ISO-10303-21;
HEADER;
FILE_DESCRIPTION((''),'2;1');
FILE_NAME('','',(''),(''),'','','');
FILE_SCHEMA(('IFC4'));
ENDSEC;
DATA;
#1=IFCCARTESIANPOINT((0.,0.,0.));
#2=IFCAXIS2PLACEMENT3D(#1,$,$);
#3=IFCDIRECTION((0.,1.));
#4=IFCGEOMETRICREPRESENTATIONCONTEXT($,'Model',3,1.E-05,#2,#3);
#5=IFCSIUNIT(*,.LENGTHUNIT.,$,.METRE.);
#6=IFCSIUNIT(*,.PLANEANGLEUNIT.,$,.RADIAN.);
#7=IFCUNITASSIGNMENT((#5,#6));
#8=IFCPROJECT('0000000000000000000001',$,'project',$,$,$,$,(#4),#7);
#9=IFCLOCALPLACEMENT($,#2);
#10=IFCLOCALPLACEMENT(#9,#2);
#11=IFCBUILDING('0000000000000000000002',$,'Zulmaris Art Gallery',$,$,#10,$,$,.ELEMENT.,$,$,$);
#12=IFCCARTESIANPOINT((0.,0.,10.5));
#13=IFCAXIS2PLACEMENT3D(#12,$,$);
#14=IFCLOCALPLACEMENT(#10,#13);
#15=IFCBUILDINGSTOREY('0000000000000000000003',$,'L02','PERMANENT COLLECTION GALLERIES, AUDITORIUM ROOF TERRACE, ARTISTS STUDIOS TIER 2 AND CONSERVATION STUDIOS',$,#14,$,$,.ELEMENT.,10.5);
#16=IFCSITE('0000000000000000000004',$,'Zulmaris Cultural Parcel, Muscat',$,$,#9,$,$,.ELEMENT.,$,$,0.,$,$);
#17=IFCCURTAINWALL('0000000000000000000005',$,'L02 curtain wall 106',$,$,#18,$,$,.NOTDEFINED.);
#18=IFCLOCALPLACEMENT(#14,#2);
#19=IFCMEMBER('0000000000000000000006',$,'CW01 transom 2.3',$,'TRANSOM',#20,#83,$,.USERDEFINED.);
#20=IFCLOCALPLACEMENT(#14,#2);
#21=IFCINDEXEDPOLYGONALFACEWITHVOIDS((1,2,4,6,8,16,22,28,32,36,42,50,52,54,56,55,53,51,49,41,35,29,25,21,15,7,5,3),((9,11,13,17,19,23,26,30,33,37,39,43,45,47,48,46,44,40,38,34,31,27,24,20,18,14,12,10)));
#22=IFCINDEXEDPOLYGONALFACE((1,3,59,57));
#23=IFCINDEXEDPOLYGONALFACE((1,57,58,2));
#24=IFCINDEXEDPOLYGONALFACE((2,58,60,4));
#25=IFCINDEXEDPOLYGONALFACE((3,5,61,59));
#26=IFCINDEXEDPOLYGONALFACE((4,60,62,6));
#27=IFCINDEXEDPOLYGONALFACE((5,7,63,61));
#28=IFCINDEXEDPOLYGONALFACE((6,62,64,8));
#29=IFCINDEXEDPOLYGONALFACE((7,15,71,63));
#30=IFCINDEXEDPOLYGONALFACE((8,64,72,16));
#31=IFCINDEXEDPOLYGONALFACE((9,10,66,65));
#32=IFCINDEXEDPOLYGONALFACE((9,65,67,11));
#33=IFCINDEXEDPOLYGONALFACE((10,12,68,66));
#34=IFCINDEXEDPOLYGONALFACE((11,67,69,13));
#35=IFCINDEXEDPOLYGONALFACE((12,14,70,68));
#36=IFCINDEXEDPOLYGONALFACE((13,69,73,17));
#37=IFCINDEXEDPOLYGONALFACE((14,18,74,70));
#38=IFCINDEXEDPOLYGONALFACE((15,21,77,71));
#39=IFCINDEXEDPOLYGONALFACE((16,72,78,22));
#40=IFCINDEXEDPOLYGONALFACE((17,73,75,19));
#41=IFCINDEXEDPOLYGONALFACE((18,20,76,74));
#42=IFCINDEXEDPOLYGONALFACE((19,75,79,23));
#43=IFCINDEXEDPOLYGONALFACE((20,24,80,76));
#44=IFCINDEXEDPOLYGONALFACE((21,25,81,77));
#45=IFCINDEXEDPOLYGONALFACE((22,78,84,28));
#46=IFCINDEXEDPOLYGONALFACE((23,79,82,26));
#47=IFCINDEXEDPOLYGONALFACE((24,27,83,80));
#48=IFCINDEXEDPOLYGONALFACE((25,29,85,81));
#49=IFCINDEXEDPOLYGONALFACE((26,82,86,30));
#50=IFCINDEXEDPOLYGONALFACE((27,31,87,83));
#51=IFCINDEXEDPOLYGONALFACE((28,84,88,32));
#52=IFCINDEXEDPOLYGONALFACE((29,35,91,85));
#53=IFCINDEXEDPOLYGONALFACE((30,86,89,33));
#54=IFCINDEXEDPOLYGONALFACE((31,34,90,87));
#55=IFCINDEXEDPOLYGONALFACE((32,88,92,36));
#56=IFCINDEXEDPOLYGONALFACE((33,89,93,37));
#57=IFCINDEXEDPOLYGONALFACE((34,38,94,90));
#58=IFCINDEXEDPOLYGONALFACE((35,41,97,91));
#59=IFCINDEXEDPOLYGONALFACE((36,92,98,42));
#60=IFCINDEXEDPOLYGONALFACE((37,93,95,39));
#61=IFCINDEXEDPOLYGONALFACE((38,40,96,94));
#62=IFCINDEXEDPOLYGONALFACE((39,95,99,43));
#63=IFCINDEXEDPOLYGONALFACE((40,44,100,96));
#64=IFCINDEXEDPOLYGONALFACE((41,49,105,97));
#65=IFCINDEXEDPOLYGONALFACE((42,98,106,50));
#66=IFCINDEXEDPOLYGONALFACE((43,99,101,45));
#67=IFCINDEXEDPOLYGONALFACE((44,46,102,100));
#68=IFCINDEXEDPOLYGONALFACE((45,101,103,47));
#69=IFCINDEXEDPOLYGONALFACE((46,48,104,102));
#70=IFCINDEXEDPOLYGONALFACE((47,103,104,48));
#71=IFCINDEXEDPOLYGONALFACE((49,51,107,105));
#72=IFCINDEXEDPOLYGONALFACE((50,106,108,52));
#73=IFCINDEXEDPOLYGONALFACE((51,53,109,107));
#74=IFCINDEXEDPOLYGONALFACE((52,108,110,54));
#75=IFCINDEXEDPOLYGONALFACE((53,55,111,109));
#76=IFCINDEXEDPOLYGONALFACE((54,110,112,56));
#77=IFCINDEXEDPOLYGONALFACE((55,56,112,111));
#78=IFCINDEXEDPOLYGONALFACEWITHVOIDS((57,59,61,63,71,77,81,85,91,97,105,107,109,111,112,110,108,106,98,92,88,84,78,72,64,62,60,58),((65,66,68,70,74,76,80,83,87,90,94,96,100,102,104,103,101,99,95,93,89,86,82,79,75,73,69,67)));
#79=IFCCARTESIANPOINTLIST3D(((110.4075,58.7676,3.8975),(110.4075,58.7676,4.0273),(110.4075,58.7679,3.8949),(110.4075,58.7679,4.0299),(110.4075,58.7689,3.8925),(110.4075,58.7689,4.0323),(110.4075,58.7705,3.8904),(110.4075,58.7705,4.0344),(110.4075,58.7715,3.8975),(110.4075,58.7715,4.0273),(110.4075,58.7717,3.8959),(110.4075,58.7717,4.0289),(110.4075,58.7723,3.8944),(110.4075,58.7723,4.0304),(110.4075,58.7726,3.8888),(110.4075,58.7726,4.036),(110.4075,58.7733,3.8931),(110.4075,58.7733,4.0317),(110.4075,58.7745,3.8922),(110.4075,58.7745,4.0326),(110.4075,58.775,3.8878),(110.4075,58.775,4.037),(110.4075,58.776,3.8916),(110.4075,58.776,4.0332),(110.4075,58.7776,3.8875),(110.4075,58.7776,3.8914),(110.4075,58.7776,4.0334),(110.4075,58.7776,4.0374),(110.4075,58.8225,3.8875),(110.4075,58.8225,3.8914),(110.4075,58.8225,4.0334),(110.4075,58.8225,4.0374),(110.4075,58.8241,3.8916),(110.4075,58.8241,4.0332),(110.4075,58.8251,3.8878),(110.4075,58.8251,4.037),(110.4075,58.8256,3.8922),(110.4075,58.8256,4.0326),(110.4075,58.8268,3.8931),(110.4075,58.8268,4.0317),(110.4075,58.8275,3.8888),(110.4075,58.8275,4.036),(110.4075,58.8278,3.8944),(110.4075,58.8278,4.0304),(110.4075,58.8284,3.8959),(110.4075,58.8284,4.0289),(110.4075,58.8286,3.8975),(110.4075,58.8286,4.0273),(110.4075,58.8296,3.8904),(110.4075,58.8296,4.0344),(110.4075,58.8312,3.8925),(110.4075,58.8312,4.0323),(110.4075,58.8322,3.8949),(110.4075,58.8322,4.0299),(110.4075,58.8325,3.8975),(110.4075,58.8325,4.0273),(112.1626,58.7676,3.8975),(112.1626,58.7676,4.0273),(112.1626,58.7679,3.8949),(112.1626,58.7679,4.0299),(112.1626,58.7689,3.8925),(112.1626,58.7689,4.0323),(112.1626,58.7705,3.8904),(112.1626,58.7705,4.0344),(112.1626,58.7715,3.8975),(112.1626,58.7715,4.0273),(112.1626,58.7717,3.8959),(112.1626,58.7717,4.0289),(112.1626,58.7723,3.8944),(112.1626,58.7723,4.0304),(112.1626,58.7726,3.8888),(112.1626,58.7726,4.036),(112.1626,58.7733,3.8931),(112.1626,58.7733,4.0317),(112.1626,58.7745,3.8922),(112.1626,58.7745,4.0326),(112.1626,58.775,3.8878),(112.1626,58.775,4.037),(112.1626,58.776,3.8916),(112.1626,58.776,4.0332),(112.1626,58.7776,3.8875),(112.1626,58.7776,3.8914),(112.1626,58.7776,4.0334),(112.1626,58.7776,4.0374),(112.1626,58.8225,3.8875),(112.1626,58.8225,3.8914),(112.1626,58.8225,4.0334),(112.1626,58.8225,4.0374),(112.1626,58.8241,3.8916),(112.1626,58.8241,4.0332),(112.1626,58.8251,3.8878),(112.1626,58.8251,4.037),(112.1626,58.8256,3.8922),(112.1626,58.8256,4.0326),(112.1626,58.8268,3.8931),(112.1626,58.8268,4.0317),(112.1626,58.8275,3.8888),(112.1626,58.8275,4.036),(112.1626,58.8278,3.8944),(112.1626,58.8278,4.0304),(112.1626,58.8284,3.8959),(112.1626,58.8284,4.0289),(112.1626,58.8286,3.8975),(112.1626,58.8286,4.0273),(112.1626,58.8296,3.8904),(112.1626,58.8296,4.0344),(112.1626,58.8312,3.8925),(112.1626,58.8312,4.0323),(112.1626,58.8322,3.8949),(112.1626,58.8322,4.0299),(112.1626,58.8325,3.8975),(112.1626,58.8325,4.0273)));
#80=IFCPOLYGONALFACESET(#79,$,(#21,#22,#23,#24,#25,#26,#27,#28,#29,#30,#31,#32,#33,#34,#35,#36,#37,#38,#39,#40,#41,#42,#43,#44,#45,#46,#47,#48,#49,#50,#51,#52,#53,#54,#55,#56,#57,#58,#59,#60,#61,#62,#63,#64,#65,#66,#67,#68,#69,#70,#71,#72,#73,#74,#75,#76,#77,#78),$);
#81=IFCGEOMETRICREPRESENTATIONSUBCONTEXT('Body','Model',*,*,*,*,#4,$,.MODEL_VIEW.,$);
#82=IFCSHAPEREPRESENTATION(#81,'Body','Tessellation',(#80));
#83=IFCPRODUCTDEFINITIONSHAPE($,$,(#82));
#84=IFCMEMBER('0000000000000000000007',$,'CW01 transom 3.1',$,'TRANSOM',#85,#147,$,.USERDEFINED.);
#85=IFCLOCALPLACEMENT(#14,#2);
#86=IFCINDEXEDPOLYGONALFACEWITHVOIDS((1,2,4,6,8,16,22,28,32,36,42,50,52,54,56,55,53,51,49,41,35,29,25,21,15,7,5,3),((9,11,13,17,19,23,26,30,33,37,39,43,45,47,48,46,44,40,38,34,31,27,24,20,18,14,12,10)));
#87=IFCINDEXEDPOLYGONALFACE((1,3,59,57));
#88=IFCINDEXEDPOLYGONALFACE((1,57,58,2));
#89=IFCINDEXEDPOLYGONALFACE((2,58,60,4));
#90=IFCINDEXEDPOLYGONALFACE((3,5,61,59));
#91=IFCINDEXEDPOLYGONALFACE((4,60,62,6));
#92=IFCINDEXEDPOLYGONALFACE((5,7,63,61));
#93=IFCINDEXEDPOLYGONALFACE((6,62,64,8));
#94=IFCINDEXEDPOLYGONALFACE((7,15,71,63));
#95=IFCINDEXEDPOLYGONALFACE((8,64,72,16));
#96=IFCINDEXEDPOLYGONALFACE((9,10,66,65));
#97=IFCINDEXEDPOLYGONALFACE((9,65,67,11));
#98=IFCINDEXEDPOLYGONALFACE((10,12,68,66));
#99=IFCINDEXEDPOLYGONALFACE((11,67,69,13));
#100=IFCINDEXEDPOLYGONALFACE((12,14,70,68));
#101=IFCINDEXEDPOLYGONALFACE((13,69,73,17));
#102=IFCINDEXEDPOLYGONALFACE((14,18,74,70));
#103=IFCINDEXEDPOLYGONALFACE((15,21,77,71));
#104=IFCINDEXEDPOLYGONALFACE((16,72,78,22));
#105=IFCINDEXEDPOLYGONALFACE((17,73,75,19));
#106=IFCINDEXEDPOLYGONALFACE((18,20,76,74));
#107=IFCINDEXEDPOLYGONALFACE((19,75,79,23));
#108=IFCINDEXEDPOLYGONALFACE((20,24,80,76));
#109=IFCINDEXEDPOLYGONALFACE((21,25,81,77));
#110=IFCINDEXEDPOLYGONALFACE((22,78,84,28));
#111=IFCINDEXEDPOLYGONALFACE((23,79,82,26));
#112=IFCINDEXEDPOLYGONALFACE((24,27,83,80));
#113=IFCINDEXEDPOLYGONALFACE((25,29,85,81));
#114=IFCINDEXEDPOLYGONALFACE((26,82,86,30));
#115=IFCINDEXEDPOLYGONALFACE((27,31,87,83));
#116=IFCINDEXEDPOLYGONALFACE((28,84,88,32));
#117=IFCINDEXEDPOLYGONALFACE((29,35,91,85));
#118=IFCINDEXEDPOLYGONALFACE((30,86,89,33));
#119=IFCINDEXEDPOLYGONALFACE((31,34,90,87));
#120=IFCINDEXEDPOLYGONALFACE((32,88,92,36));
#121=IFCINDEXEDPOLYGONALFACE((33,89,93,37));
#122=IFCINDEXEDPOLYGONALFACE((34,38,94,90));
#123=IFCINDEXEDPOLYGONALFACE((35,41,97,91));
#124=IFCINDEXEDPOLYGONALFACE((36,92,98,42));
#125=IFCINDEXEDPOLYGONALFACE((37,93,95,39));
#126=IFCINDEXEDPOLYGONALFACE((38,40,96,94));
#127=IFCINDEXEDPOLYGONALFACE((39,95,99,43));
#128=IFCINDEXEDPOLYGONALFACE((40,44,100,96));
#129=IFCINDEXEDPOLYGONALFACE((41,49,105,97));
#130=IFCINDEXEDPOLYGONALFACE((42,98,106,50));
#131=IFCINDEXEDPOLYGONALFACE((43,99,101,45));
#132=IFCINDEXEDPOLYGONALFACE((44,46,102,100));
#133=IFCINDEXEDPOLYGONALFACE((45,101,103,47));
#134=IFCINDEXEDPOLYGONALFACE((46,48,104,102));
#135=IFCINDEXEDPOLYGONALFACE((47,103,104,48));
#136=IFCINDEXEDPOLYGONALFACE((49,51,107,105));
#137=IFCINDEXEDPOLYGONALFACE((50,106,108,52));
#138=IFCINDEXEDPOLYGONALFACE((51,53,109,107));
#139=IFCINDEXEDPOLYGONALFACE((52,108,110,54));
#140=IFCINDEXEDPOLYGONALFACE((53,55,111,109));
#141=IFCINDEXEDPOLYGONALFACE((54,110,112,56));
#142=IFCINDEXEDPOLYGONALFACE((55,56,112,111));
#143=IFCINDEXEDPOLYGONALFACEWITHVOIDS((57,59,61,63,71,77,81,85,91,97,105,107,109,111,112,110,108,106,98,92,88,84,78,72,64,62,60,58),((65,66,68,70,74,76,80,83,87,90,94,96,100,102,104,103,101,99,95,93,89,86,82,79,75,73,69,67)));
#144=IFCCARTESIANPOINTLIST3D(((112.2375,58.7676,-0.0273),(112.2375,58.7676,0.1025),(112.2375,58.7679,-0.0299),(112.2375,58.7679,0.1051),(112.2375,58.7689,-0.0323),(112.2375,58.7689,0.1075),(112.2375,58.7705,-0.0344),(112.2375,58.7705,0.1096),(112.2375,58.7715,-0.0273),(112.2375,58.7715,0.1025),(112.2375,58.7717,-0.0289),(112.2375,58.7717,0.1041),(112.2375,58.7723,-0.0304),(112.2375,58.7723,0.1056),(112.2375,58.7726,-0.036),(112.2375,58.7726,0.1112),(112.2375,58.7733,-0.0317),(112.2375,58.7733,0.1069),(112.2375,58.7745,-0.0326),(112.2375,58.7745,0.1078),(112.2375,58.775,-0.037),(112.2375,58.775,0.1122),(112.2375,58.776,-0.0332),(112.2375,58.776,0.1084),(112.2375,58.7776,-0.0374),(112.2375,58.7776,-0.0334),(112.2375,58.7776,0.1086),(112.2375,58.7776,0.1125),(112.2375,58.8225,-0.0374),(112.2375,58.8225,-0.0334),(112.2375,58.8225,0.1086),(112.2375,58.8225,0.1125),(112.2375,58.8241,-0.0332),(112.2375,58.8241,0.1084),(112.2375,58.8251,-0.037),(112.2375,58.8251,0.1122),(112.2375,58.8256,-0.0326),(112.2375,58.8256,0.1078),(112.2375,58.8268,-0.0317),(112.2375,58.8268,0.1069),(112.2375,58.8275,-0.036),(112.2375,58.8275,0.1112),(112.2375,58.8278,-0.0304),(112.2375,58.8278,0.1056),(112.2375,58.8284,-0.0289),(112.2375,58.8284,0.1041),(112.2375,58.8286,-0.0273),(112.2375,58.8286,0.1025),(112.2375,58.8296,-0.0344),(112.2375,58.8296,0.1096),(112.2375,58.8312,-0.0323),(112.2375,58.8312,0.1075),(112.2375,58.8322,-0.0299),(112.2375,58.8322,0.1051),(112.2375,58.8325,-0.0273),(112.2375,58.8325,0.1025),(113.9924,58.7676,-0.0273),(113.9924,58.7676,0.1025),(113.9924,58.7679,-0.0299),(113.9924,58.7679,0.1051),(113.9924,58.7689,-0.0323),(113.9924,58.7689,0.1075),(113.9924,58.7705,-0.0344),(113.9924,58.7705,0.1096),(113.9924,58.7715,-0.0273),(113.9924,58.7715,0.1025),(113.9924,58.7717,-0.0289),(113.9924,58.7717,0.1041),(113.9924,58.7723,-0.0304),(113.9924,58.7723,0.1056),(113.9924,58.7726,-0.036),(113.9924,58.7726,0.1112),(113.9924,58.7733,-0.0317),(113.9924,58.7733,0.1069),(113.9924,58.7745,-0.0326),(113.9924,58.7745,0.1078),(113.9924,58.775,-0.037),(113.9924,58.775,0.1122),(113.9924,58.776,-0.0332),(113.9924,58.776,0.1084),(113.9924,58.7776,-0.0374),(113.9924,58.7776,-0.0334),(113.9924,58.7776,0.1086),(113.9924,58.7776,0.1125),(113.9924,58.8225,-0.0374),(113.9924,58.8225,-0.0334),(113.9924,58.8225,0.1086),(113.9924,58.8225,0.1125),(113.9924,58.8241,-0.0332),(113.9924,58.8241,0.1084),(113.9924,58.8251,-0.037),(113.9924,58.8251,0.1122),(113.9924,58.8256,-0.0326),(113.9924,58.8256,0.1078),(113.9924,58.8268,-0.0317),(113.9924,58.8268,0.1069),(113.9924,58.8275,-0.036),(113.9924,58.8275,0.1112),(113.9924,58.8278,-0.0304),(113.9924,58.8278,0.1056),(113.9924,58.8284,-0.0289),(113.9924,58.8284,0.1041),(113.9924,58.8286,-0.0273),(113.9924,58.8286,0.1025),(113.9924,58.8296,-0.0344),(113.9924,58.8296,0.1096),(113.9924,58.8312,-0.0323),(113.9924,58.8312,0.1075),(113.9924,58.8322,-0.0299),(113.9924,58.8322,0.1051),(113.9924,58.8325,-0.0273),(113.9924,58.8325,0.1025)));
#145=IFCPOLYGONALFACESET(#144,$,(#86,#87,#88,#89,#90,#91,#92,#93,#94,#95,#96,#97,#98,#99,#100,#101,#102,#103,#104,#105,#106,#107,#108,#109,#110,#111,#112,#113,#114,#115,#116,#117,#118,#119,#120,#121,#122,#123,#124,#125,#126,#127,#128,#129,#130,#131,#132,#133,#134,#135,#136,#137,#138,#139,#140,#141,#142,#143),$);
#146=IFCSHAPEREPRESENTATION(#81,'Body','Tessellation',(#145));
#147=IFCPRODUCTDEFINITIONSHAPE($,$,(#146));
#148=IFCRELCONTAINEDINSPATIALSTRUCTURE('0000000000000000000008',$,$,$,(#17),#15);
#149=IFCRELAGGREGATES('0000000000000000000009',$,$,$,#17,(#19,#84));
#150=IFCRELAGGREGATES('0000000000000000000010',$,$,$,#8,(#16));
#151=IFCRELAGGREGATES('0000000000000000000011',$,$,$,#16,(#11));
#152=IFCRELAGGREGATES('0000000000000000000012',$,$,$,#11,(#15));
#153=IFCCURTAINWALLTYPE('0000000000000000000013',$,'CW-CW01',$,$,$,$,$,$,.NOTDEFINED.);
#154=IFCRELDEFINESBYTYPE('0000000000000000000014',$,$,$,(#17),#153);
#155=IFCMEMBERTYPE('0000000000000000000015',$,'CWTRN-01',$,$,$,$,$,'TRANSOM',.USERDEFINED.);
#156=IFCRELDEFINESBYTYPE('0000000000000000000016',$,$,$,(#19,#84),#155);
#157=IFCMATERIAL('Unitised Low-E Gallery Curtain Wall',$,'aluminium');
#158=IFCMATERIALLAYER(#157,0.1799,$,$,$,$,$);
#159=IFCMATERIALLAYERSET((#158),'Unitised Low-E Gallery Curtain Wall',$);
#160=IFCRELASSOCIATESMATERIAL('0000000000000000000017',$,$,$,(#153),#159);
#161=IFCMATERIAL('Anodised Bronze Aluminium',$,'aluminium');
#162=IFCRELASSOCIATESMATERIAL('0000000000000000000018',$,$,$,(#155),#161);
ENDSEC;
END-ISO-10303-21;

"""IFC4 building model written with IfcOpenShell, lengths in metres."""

from ifc_helpers import new_model, si_unit, direction, frame, origin, origin_2d, place, context, subcontext, project, spatial, hollow_rectangle, extrude, material, layer, layer_set, material_profile, profile_set, type_object, element, aggregate, save


model = new_model("IFC4")

# Units and contexts
model_context = context("Model", 3, precision=1e-05, world=origin(), true_north=direction((0.0, 1.0)))
body_context = subcontext(model_context, "Body", "Model", "MODEL_VIEW")
ifc_project = project(units=[si_unit("LENGTHUNIT", "METRE"), si_unit("PLANEANGLEUNIT", "RADIAN")], contexts=[model_context])

# Site, building, storey
site_placement = place(None, origin())
site = spatial("IfcSite", under=ifc_project, at=site_placement, Name="Zulmaris Cultural Parcel, Muscat", CompositionType="ELEMENT", RefElevation=0.0)
building_placement = place(site_placement, origin())
building = spatial("IfcBuilding", under=site, at=building_placement, Name="Zulmaris Art Gallery", CompositionType="ELEMENT")
storey_placement = place(building_placement, frame((0.0, 0.0, 10.5)))
storey = spatial("IfcBuildingStorey", under=building, at=storey_placement, Name="L02", Description="PERMANENT COLLECTION GALLERIES, AUDITORIUM ROOF TERRACE, ARTISTS STUDIOS TIER 2 AND CONSERVATION STUDIOS", CompositionType="ELEMENT", Elevation=10.5)

# Curtain wall, members
ifc_material_1 = material(Name="Unitised Low-E Gallery Curtain Wall", Category="aluminium")
ifc_layer_1 = layer(ifc_material_1, 0.1799)
ifc_layer_set_1 = layer_set([ifc_layer_1], Name="Unitised Low-E Gallery Curtain Wall")
curtain_wall_type = type_object("IfcCurtainWallType", Name="CW-CW01", PredefinedType="NOTDEFINED", material=ifc_layer_set_1)
curtain_wall_placement = place(storey_placement, origin())
curtain_wall = element("IfcCurtainWall", 1, at=curtain_wall_placement, inside=storey, type_object=curtain_wall_type, Name="L02 curtain wall 106", PredefinedType="NOTDEFINED")
ifc_material_2 = material(Name="Anodised Bronze Aluminium", Category="aluminium")
ifc_material_profile_1 = material_profile(ifc_material_2, hollow_rectangle(XDim=0.0649, YDim=0.1499, WallThickness=0.0039, InnerFilletRadius=0.0061, OuterFilletRadius=0.01, at=origin_2d()), Name="ALU 65x150x4")
ifc_profile_set_1 = profile_set([ifc_material_profile_1], Name="Anodised Bronze Aluminium")
member_type_1 = type_object("IfcMemberType", Name="CWTRN-01", ElementType="TRANSOM", PredefinedType="USERDEFINED", material=ifc_profile_set_1)
member_1_placement = place(storey_placement, frame((110.4075, 58.8, 3.9624), z_axis=(1.0, 0.0, 0.0), x_axis=(0.0, 1.0, 0.0)))
member_1 = element("IfcMember", 2, at=member_1_placement, type_object=member_type_1, Name="CW01 transom 2.3", ObjectType="TRANSOM", PredefinedType="USERDEFINED", context=body_context, shape_type="SweptSolid", body=[
    extrude(hollow_rectangle(XDim=0.0649, YDim=0.1499, WallThickness=0.0039, InnerFilletRadius=0.0061, OuterFilletRadius=0.01, at=origin_2d()), origin(), (0.0, 0.0, 1.0), 1.7551),
])
member_2_placement = place(storey_placement, frame((112.2375, 58.8, 0.0376), z_axis=(1.0, 0.0, 0.0), x_axis=(0.0, 1.0, 0.0)))
member_2 = element("IfcMember", 3, at=member_2_placement, type_object=member_type_1, Name="CW01 transom 3.1", ObjectType="TRANSOM", PredefinedType="USERDEFINED", context=body_context, shape_type="SweptSolid", body=[
    extrude(hollow_rectangle(XDim=0.0649, YDim=0.1499, WallThickness=0.0039, InnerFilletRadius=0.0061, OuterFilletRadius=0.01, at=origin_2d()), origin(), (0.0, 0.0, 1.0), 1.7549),
])
aggregate(curtain_wall, [member_1, member_2])

save(model, "model.ifc")
